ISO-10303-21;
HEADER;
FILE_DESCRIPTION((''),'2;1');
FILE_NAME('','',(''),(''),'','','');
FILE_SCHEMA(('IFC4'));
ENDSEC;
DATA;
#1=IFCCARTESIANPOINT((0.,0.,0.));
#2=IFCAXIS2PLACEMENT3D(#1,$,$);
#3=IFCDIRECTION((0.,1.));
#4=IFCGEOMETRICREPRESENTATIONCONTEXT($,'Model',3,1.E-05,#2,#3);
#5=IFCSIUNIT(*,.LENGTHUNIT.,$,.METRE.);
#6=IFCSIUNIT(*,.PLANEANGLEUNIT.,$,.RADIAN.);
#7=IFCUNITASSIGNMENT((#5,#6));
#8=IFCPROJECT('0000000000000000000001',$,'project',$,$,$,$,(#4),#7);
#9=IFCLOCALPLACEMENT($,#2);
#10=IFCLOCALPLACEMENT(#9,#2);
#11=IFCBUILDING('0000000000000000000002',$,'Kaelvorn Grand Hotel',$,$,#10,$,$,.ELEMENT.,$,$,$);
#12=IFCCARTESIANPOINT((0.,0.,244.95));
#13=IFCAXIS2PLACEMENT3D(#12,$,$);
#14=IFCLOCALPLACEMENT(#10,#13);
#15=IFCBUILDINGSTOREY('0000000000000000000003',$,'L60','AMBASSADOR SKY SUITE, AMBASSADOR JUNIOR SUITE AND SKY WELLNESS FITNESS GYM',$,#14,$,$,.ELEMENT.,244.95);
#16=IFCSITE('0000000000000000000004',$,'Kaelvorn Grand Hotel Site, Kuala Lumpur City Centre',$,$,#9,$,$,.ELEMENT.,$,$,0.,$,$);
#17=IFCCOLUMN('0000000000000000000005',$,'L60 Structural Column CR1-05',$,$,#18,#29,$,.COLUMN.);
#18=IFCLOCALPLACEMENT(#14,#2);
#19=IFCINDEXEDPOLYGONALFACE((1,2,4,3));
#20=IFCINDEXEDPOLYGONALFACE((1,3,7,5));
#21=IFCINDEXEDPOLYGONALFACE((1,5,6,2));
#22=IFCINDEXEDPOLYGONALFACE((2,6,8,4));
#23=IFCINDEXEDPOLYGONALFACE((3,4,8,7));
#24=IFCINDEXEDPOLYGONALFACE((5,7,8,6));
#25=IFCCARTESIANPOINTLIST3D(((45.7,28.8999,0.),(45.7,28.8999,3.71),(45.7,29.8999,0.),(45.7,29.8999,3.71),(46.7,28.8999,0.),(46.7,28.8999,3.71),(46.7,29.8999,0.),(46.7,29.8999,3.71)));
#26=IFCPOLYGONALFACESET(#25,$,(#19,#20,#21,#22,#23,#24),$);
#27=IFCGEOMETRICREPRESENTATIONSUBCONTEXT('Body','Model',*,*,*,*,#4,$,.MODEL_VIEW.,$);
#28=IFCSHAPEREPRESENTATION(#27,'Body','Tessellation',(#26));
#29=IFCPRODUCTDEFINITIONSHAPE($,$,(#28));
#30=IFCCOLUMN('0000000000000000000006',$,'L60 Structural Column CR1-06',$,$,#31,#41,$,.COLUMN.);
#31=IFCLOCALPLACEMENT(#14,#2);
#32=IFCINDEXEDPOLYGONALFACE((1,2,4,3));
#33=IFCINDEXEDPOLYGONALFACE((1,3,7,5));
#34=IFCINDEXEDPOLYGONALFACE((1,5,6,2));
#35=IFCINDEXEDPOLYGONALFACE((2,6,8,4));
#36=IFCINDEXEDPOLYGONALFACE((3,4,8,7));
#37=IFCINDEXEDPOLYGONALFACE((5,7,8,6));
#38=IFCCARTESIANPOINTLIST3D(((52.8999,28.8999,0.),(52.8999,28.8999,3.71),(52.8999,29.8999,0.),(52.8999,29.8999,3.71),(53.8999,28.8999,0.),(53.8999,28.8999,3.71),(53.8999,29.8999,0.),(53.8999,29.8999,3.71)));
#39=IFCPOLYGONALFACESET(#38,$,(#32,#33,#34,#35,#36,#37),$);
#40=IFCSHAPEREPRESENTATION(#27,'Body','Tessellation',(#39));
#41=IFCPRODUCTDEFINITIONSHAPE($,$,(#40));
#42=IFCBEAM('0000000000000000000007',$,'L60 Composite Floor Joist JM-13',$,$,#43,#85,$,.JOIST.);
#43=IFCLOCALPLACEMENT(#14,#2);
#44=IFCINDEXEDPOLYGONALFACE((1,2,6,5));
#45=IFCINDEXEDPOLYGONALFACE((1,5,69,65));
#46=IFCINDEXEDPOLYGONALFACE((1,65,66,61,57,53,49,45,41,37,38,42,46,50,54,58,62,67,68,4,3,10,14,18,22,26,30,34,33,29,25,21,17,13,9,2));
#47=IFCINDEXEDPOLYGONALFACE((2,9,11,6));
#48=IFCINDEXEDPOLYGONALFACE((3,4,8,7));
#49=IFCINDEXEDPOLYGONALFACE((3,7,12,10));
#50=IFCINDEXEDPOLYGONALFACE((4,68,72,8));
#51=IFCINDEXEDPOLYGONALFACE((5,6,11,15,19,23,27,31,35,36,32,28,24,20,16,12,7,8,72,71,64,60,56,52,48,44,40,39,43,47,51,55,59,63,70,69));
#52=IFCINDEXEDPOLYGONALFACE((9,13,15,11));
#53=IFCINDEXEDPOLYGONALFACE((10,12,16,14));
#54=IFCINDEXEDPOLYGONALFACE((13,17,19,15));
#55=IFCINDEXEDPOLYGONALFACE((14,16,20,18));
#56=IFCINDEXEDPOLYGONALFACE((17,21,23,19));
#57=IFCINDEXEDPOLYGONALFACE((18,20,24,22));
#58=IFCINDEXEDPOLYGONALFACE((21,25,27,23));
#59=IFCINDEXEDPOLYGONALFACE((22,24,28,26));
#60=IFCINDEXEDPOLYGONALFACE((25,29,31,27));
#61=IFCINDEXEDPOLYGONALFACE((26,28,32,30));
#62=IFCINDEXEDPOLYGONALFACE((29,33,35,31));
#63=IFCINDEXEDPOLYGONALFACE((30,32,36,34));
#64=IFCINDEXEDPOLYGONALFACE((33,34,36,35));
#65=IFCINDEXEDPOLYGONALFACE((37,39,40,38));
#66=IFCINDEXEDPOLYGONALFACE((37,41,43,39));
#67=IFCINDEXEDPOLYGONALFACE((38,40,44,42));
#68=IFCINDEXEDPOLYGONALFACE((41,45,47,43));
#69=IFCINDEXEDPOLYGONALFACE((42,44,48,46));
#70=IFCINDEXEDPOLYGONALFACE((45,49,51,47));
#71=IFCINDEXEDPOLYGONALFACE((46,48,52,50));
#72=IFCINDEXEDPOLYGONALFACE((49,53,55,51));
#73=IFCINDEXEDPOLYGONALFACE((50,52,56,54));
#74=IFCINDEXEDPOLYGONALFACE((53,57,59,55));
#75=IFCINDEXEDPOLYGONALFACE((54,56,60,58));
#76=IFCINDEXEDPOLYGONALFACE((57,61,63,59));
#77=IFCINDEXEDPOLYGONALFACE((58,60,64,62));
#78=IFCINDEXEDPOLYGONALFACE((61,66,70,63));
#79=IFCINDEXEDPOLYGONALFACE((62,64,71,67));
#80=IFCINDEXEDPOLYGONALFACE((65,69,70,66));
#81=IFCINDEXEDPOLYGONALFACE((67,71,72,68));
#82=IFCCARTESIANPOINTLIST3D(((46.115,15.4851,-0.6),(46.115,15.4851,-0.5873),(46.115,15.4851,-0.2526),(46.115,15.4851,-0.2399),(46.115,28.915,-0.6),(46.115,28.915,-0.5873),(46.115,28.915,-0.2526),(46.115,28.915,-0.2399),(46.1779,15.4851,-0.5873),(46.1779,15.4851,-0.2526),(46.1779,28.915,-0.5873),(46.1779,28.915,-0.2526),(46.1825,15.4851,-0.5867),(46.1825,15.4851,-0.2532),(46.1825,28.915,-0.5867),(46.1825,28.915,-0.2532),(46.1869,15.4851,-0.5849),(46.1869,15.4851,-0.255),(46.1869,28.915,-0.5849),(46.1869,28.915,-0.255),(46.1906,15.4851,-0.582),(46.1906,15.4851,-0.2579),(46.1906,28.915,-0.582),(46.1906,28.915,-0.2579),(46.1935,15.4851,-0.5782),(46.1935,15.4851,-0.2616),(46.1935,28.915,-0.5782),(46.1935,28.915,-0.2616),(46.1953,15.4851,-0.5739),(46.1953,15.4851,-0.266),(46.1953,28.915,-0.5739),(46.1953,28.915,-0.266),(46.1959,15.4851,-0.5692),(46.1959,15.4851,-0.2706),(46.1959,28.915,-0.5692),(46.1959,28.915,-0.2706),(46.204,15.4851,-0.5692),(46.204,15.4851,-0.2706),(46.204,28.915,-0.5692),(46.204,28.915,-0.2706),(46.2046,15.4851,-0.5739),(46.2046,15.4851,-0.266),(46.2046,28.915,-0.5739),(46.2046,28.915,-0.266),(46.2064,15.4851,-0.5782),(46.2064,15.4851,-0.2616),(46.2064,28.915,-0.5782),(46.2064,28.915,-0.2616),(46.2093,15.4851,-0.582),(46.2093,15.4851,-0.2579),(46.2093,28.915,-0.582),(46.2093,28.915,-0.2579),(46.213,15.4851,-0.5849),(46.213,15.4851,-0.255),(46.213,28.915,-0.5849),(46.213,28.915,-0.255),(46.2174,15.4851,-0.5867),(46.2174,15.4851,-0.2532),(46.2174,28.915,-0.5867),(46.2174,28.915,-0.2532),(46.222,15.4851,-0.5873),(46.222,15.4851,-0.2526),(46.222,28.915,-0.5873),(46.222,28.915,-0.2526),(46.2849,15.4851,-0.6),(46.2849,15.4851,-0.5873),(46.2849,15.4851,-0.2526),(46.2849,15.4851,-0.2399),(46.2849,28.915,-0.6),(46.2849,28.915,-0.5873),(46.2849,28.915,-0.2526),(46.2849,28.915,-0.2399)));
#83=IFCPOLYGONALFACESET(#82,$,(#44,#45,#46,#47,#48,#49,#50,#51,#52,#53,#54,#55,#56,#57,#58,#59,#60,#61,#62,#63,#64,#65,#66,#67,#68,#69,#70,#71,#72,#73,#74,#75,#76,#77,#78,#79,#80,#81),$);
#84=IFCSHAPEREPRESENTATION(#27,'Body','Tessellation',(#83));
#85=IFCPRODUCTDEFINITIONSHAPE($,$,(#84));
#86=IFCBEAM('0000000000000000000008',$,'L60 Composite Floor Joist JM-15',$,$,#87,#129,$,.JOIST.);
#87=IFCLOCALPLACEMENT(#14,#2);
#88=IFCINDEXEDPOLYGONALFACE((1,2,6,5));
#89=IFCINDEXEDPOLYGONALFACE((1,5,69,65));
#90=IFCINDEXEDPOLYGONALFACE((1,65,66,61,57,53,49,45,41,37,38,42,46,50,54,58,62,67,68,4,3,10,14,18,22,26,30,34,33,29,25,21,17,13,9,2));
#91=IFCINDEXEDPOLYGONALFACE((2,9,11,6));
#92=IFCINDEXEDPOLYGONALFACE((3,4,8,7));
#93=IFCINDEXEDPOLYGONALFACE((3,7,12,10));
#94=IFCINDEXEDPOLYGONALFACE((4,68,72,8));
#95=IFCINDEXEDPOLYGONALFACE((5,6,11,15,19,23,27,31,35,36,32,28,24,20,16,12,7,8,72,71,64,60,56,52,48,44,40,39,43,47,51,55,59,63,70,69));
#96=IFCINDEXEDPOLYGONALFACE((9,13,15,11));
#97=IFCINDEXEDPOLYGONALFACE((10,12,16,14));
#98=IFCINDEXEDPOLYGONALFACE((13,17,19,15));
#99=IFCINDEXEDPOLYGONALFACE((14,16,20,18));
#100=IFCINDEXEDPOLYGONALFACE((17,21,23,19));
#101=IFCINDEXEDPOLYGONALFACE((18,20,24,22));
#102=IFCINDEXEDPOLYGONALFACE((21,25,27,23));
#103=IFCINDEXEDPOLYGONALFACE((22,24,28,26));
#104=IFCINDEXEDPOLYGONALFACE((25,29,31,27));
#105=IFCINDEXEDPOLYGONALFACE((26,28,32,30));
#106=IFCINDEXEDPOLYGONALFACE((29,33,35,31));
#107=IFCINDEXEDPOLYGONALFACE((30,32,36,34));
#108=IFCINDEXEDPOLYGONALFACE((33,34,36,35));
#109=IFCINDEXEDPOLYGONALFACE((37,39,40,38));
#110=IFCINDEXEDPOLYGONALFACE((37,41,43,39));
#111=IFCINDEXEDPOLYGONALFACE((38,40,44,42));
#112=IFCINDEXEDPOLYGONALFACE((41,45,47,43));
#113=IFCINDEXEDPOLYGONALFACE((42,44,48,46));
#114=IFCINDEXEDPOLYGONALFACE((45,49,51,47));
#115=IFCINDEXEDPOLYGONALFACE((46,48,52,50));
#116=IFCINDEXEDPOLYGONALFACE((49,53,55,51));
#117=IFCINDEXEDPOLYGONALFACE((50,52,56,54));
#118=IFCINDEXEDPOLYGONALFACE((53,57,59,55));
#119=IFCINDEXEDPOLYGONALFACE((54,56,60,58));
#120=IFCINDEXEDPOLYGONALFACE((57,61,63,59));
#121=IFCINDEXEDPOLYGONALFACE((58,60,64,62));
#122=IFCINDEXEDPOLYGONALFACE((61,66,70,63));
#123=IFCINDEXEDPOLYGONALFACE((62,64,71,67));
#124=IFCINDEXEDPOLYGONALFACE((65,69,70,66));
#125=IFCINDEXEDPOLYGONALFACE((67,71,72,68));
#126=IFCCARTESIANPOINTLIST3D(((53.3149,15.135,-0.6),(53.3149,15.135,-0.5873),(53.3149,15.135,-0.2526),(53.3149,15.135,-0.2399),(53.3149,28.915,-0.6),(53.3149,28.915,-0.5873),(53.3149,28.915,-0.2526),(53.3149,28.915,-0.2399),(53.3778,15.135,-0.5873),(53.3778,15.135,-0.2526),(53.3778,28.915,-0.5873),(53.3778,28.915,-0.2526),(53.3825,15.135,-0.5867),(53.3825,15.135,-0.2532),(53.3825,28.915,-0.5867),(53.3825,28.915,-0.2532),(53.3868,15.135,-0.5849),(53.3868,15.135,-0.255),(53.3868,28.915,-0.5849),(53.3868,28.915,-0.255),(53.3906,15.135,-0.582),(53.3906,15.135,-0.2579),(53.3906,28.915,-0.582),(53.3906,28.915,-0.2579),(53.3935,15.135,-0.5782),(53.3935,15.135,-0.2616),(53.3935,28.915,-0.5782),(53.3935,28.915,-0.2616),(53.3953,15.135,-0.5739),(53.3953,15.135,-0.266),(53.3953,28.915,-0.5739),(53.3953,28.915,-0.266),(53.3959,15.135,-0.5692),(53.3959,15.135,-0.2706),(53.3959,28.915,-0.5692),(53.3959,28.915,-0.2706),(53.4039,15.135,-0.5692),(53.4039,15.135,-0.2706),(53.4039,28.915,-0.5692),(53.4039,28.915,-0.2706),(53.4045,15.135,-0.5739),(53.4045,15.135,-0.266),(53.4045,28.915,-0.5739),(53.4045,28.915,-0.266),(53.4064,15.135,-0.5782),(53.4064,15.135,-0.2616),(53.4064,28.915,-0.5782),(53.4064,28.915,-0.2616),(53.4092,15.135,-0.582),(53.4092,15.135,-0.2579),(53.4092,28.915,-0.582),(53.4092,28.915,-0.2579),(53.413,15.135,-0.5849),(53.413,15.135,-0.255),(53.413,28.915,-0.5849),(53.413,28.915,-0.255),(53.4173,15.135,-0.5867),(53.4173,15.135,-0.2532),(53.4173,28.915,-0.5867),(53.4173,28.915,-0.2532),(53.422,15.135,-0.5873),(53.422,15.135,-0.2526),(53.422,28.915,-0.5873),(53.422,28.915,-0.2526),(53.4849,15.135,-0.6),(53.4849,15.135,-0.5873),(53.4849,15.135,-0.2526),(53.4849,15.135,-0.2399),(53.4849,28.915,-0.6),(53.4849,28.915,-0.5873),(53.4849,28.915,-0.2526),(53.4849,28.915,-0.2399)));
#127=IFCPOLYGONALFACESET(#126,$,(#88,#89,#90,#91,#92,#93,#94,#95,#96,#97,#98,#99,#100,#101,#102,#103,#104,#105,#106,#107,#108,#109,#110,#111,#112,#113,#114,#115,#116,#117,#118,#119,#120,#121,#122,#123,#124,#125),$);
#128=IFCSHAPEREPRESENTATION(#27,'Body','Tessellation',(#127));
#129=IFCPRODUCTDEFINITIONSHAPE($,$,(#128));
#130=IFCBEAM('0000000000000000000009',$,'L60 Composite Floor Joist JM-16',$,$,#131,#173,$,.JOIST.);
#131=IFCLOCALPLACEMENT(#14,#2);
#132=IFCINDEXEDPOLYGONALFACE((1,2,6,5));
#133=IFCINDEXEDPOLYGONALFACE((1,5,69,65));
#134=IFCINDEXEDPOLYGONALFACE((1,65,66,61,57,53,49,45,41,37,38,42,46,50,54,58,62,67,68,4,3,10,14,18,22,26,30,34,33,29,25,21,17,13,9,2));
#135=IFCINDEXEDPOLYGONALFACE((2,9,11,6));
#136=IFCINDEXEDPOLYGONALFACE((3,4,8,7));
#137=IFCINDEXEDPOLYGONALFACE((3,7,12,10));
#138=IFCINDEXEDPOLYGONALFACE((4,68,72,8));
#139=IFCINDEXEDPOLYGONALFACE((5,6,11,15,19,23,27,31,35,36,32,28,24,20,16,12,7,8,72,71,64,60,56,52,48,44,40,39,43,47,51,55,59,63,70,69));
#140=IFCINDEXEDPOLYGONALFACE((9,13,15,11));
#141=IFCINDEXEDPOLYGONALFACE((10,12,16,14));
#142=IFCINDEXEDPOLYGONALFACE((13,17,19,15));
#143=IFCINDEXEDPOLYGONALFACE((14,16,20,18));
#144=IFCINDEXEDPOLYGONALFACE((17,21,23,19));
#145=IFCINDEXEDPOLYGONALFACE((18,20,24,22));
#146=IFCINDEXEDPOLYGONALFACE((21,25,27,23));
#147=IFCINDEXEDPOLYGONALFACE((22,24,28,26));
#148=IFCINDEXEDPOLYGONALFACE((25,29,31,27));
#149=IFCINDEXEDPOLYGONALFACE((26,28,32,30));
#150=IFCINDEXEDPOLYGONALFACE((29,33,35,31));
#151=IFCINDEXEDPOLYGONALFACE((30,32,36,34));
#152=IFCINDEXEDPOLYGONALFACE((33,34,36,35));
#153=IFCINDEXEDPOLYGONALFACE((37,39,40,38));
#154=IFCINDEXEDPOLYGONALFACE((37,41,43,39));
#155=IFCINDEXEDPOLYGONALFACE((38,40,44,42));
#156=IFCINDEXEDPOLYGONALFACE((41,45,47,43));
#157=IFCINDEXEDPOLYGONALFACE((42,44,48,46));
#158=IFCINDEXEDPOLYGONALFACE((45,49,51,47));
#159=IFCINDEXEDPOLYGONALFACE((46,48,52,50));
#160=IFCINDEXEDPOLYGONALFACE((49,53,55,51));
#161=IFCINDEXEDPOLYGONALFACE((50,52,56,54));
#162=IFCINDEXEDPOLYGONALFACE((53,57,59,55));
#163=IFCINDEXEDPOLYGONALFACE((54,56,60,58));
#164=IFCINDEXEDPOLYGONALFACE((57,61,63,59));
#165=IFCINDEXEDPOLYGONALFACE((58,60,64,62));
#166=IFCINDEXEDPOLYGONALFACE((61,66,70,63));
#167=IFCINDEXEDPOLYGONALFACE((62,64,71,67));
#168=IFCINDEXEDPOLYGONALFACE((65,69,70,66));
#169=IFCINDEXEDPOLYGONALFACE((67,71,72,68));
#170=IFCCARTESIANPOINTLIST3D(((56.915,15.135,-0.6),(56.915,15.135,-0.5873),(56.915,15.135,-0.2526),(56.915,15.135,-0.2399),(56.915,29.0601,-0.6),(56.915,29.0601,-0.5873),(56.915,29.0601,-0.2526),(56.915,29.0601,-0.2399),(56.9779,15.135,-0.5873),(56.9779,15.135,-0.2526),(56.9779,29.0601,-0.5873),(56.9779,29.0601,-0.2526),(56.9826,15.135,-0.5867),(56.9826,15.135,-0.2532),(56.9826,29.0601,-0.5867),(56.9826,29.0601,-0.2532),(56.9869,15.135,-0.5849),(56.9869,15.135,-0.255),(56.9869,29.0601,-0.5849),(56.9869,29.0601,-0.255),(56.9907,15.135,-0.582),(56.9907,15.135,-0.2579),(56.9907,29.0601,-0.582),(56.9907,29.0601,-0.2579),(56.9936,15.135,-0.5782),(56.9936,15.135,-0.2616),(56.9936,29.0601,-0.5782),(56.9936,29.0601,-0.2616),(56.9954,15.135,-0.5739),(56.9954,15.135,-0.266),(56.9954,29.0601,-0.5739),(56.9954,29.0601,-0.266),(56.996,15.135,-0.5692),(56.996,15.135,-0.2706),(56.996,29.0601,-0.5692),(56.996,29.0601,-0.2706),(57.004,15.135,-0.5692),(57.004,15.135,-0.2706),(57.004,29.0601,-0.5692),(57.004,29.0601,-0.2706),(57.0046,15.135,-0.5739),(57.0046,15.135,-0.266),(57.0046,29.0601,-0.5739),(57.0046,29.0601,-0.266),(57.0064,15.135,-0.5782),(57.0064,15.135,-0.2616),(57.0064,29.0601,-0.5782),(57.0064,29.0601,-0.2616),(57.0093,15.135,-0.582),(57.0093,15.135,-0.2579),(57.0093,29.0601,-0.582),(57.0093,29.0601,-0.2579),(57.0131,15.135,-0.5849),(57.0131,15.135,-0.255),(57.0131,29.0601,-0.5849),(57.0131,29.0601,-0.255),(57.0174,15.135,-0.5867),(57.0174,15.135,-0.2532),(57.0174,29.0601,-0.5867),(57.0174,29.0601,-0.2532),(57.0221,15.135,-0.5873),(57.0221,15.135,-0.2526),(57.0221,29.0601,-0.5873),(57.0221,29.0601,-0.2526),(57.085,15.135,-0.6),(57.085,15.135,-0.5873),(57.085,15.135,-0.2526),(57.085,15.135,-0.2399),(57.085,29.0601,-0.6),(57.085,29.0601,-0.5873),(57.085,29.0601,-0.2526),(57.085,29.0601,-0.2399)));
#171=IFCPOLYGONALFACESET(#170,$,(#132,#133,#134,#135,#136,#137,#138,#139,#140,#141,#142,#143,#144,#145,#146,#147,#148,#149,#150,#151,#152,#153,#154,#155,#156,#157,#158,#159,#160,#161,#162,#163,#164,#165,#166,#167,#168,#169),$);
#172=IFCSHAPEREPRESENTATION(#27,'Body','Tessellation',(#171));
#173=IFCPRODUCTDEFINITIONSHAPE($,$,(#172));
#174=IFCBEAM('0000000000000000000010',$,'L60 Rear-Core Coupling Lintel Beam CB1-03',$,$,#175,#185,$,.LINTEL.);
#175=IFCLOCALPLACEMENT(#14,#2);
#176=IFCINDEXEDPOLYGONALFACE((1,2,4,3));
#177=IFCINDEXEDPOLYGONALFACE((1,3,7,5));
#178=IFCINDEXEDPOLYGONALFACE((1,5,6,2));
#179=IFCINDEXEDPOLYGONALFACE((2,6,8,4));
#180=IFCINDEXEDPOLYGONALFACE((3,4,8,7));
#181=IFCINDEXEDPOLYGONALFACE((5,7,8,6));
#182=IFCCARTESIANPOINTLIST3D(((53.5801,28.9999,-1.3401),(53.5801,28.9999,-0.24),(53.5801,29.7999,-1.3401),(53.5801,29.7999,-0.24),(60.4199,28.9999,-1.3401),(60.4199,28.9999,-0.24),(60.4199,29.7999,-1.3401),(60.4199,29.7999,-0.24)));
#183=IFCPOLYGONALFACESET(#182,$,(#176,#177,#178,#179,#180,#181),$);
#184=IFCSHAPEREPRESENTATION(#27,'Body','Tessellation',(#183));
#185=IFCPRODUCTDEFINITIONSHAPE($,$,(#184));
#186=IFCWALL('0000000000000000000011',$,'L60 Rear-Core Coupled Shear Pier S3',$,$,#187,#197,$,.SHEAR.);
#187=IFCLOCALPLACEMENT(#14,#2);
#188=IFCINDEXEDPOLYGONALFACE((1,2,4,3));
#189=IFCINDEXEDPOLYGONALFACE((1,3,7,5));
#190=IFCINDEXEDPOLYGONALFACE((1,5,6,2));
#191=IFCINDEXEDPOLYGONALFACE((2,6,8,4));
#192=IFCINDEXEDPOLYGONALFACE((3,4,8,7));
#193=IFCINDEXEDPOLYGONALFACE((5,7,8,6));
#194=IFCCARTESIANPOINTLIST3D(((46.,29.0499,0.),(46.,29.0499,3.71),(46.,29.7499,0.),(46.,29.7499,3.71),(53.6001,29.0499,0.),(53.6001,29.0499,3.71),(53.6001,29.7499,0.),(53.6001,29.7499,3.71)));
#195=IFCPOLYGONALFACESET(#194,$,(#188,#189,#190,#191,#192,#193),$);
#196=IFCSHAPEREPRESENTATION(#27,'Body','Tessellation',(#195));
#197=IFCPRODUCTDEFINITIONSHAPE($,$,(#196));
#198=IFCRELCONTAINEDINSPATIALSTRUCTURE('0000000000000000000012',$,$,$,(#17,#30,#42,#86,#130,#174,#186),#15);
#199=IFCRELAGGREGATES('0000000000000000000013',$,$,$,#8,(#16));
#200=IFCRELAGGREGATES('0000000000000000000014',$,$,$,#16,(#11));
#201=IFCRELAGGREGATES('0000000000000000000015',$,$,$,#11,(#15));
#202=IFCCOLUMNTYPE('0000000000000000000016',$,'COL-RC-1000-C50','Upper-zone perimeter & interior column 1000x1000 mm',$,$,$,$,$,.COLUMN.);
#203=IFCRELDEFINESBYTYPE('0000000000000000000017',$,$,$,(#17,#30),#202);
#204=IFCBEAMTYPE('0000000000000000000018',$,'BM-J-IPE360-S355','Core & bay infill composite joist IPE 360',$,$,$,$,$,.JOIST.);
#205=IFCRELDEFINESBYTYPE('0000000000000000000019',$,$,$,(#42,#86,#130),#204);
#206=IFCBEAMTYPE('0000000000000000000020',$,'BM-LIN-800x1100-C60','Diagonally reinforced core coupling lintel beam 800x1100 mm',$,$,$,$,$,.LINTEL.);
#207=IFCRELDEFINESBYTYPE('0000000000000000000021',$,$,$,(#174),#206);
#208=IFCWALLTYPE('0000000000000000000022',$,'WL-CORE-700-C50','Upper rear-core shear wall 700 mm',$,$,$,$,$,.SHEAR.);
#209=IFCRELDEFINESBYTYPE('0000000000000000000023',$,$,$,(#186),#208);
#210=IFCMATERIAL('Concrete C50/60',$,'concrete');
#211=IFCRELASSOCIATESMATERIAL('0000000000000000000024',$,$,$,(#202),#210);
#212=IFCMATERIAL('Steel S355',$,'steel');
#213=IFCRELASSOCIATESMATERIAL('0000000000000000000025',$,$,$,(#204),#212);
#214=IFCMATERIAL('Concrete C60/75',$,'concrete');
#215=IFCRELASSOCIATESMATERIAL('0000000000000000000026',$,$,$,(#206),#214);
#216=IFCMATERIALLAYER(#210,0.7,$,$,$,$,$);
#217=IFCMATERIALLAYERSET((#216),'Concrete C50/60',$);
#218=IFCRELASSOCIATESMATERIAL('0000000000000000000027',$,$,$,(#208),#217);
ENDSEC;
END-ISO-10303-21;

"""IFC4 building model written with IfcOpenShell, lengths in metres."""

from ifc_helpers import new_model, si_unit, direction, frame, frame_2d, origin, origin_2d, place, context, subcontext, project, spatial, rectangle, i_section, extrude, material, layer, layer_set, material_profile, profile_set, type_object, element, save


model = new_model("IFC4")

# Units and contexts
model_context = context("Model", 3, precision=1e-05, world=origin(), true_north=direction((0.0, 1.0)))
body_context = subcontext(model_context, "Body", "Model", "MODEL_VIEW")
ifc_project = project(units=[si_unit("LENGTHUNIT", "METRE"), si_unit("PLANEANGLEUNIT", "RADIAN")], contexts=[model_context])

# Site, building, storey
site_placement = place(None, origin())
site = spatial("IfcSite", under=ifc_project, at=site_placement, Name="Kaelvorn Grand Hotel Site, Kuala Lumpur City Centre", CompositionType="ELEMENT", RefElevation=0.0)
building_placement = place(site_placement, origin())
building = spatial("IfcBuilding", under=site, at=building_placement, Name="Kaelvorn Grand Hotel", CompositionType="ELEMENT")
storey_placement = place(building_placement, frame((0.0, 0.0, 244.95)))
storey = spatial("IfcBuildingStorey", under=building, at=storey_placement, Name="L60", Description="AMBASSADOR SKY SUITE, AMBASSADOR JUNIOR SUITE AND SKY WELLNESS FITNESS GYM", CompositionType="ELEMENT", Elevation=244.95)

# Columns
ifc_material_1 = material(Name="Concrete C50/60", Category="concrete")
ifc_material_profile_1 = material_profile(ifc_material_1, rectangle(XDim=1.0, YDim=1.0, at=origin_2d()), Name="RC COL 1000x1000")
ifc_profile_set_1 = profile_set([ifc_material_profile_1], Name="Concrete C50/60")
column_type = type_object("IfcColumnType", Name="COL-RC-1000-C50", Description="Upper-zone perimeter & interior column 1000x1000 mm", PredefinedType="COLUMN", material=ifc_profile_set_1)
for number, where, z_axis, x_axis, name in (
    (1, (46.2, 29.3999, 0.0), (0.0, 0.0, 1.0), (1.0, 0.0, 0.0), "L60 Structural Column CR1-05"),
    (2, (53.3999, 29.3999, 0.0), (0.0, 0.0, 1.0), (1.0, 0.0, 0.0), "L60 Structural Column CR1-06"),
):
    element("IfcColumn", number, at=place(storey_placement, frame(where, z_axis=z_axis, x_axis=x_axis)), inside=storey, type_object=column_type, Name=name, PredefinedType="COLUMN", context=body_context, shape_type="SweptSolid", body=[
        extrude(rectangle(XDim=1.0, YDim=1.0, at=origin_2d()), origin(), (0.0, 0.0, 1.0), 3.71),
    ])

# Beams
ifc_material_2 = material(Name="Steel S355", Category="steel")
ifc_material_profile_2 = material_profile(ifc_material_2, i_section(OverallWidth=0.1699, OverallDepth=0.3601, WebThickness=0.0081, FlangeThickness=0.0127, FilletRadius=0.0181, at=origin_2d()), Name="IPE 360")
ifc_profile_set_2 = profile_set([ifc_material_profile_2], Name="Steel S355")
beam_type_1 = type_object("IfcBeamType", Name="BM-J-IPE360-S355", Description="Core & bay infill composite joist IPE 360", PredefinedType="JOIST", material=ifc_profile_set_2)
beam_1_placement = place(storey_placement, frame((46.2, 15.4851, -0.4199), z_axis=(0.0, 1.0, 0.0), x_axis=(-1.0, 0.0, 0.0)))
element("IfcBeam", 3, at=beam_1_placement, inside=storey, type_object=beam_type_1, Name="L60 Composite Floor Joist JM-13", PredefinedType="JOIST", context=body_context, shape_type="SweptSolid", body=[
    extrude(i_section(OverallWidth=0.1699, OverallDepth=0.3601, WebThickness=0.0081, FlangeThickness=0.0127, FilletRadius=0.0181, at=origin_2d()), origin(), (0.0, 0.0, 1.0), 13.4299),
])
beam_2_placement = place(storey_placement, frame((53.3999, 15.135, -0.4199), z_axis=(0.0, 1.0, 0.0), x_axis=(-1.0, 0.0, 0.0)))
element("IfcBeam", 4, at=beam_2_placement, inside=storey, type_object=beam_type_1, Name="L60 Composite Floor Joist JM-15", PredefinedType="JOIST", context=body_context, shape_type="SweptSolid", body=[
    extrude(i_section(OverallWidth=0.1699, OverallDepth=0.3601, WebThickness=0.0081, FlangeThickness=0.0127, FilletRadius=0.0181, at=origin_2d()), origin(), (0.0, 0.0, 1.0), 13.78),
])
beam_3_placement = place(storey_placement, frame((57.0, 15.135, -0.4199), z_axis=(0.0, 1.0, 0.0), x_axis=(-1.0, 0.0, 0.0)))
element("IfcBeam", 5, at=beam_3_placement, inside=storey, type_object=beam_type_1, Name="L60 Composite Floor Joist JM-16", PredefinedType="JOIST", context=body_context, shape_type="SweptSolid", body=[
    extrude(i_section(OverallWidth=0.1699, OverallDepth=0.3601, WebThickness=0.0081, FlangeThickness=0.0127, FilletRadius=0.0181, at=origin_2d()), origin(), (0.0, 0.0, 1.0), 13.925),
])
ifc_material_3 = material(Name="Concrete C60/75", Category="concrete")
ifc_material_profile_3 = material_profile(ifc_material_3, rectangle(XDim=0.8, YDim=1.1001, at=origin_2d()), Name="RC LINTEL 800x1100")
ifc_profile_set_3 = profile_set([ifc_material_profile_3], Name="Concrete C60/75")
beam_type_2 = type_object("IfcBeamType", Name="BM-LIN-800x1100-C60", Description="Diagonally reinforced core coupling lintel beam 800x1100 mm", PredefinedType="LINTEL", material=ifc_profile_set_3)
beam_4_placement = place(storey_placement, frame((53.5801, 29.3999, -0.79), z_axis=(1.0, 0.0, 0.0), x_axis=(0.0, 1.0, 0.0)))
element("IfcBeam", 6, at=beam_4_placement, inside=storey, type_object=beam_type_2, Name="L60 Rear-Core Coupling Lintel Beam CB1-03", PredefinedType="LINTEL", context=body_context, shape_type="SweptSolid", body=[
    extrude(rectangle(XDim=0.8, YDim=1.1001, at=origin_2d()), origin(), (0.0, 0.0, 1.0), 6.8398),
])

# Wall
ifc_layer_1 = layer(ifc_material_1, 0.7)
ifc_layer_set_1 = layer_set([ifc_layer_1], Name="Concrete C50/60")
wall_type_1 = type_object("IfcWallType", Name="WL-CORE-700-C50", Description="Upper rear-core shear wall 700 mm", PredefinedType="SHEAR", material=ifc_layer_set_1)
wall_1_placement = place(storey_placement, frame((46.0, 29.3999, 0.0), z_axis=(0.0, 0.0, 1.0), x_axis=(1.0, 0.0, 0.0)))
element("IfcWall", 7, at=wall_1_placement, inside=storey, type_object=wall_type_1, Name="L60 Rear-Core Coupled Shear Pier S3", PredefinedType="SHEAR", context=body_context, shape_type="SweptSolid", body=[
    extrude(rectangle(XDim=7.6001, YDim=0.7, at=frame_2d((3.8, 0.0))), origin(), (0.0, 0.0, 1.0), 3.71),
])

save(model, "model.ifc")
